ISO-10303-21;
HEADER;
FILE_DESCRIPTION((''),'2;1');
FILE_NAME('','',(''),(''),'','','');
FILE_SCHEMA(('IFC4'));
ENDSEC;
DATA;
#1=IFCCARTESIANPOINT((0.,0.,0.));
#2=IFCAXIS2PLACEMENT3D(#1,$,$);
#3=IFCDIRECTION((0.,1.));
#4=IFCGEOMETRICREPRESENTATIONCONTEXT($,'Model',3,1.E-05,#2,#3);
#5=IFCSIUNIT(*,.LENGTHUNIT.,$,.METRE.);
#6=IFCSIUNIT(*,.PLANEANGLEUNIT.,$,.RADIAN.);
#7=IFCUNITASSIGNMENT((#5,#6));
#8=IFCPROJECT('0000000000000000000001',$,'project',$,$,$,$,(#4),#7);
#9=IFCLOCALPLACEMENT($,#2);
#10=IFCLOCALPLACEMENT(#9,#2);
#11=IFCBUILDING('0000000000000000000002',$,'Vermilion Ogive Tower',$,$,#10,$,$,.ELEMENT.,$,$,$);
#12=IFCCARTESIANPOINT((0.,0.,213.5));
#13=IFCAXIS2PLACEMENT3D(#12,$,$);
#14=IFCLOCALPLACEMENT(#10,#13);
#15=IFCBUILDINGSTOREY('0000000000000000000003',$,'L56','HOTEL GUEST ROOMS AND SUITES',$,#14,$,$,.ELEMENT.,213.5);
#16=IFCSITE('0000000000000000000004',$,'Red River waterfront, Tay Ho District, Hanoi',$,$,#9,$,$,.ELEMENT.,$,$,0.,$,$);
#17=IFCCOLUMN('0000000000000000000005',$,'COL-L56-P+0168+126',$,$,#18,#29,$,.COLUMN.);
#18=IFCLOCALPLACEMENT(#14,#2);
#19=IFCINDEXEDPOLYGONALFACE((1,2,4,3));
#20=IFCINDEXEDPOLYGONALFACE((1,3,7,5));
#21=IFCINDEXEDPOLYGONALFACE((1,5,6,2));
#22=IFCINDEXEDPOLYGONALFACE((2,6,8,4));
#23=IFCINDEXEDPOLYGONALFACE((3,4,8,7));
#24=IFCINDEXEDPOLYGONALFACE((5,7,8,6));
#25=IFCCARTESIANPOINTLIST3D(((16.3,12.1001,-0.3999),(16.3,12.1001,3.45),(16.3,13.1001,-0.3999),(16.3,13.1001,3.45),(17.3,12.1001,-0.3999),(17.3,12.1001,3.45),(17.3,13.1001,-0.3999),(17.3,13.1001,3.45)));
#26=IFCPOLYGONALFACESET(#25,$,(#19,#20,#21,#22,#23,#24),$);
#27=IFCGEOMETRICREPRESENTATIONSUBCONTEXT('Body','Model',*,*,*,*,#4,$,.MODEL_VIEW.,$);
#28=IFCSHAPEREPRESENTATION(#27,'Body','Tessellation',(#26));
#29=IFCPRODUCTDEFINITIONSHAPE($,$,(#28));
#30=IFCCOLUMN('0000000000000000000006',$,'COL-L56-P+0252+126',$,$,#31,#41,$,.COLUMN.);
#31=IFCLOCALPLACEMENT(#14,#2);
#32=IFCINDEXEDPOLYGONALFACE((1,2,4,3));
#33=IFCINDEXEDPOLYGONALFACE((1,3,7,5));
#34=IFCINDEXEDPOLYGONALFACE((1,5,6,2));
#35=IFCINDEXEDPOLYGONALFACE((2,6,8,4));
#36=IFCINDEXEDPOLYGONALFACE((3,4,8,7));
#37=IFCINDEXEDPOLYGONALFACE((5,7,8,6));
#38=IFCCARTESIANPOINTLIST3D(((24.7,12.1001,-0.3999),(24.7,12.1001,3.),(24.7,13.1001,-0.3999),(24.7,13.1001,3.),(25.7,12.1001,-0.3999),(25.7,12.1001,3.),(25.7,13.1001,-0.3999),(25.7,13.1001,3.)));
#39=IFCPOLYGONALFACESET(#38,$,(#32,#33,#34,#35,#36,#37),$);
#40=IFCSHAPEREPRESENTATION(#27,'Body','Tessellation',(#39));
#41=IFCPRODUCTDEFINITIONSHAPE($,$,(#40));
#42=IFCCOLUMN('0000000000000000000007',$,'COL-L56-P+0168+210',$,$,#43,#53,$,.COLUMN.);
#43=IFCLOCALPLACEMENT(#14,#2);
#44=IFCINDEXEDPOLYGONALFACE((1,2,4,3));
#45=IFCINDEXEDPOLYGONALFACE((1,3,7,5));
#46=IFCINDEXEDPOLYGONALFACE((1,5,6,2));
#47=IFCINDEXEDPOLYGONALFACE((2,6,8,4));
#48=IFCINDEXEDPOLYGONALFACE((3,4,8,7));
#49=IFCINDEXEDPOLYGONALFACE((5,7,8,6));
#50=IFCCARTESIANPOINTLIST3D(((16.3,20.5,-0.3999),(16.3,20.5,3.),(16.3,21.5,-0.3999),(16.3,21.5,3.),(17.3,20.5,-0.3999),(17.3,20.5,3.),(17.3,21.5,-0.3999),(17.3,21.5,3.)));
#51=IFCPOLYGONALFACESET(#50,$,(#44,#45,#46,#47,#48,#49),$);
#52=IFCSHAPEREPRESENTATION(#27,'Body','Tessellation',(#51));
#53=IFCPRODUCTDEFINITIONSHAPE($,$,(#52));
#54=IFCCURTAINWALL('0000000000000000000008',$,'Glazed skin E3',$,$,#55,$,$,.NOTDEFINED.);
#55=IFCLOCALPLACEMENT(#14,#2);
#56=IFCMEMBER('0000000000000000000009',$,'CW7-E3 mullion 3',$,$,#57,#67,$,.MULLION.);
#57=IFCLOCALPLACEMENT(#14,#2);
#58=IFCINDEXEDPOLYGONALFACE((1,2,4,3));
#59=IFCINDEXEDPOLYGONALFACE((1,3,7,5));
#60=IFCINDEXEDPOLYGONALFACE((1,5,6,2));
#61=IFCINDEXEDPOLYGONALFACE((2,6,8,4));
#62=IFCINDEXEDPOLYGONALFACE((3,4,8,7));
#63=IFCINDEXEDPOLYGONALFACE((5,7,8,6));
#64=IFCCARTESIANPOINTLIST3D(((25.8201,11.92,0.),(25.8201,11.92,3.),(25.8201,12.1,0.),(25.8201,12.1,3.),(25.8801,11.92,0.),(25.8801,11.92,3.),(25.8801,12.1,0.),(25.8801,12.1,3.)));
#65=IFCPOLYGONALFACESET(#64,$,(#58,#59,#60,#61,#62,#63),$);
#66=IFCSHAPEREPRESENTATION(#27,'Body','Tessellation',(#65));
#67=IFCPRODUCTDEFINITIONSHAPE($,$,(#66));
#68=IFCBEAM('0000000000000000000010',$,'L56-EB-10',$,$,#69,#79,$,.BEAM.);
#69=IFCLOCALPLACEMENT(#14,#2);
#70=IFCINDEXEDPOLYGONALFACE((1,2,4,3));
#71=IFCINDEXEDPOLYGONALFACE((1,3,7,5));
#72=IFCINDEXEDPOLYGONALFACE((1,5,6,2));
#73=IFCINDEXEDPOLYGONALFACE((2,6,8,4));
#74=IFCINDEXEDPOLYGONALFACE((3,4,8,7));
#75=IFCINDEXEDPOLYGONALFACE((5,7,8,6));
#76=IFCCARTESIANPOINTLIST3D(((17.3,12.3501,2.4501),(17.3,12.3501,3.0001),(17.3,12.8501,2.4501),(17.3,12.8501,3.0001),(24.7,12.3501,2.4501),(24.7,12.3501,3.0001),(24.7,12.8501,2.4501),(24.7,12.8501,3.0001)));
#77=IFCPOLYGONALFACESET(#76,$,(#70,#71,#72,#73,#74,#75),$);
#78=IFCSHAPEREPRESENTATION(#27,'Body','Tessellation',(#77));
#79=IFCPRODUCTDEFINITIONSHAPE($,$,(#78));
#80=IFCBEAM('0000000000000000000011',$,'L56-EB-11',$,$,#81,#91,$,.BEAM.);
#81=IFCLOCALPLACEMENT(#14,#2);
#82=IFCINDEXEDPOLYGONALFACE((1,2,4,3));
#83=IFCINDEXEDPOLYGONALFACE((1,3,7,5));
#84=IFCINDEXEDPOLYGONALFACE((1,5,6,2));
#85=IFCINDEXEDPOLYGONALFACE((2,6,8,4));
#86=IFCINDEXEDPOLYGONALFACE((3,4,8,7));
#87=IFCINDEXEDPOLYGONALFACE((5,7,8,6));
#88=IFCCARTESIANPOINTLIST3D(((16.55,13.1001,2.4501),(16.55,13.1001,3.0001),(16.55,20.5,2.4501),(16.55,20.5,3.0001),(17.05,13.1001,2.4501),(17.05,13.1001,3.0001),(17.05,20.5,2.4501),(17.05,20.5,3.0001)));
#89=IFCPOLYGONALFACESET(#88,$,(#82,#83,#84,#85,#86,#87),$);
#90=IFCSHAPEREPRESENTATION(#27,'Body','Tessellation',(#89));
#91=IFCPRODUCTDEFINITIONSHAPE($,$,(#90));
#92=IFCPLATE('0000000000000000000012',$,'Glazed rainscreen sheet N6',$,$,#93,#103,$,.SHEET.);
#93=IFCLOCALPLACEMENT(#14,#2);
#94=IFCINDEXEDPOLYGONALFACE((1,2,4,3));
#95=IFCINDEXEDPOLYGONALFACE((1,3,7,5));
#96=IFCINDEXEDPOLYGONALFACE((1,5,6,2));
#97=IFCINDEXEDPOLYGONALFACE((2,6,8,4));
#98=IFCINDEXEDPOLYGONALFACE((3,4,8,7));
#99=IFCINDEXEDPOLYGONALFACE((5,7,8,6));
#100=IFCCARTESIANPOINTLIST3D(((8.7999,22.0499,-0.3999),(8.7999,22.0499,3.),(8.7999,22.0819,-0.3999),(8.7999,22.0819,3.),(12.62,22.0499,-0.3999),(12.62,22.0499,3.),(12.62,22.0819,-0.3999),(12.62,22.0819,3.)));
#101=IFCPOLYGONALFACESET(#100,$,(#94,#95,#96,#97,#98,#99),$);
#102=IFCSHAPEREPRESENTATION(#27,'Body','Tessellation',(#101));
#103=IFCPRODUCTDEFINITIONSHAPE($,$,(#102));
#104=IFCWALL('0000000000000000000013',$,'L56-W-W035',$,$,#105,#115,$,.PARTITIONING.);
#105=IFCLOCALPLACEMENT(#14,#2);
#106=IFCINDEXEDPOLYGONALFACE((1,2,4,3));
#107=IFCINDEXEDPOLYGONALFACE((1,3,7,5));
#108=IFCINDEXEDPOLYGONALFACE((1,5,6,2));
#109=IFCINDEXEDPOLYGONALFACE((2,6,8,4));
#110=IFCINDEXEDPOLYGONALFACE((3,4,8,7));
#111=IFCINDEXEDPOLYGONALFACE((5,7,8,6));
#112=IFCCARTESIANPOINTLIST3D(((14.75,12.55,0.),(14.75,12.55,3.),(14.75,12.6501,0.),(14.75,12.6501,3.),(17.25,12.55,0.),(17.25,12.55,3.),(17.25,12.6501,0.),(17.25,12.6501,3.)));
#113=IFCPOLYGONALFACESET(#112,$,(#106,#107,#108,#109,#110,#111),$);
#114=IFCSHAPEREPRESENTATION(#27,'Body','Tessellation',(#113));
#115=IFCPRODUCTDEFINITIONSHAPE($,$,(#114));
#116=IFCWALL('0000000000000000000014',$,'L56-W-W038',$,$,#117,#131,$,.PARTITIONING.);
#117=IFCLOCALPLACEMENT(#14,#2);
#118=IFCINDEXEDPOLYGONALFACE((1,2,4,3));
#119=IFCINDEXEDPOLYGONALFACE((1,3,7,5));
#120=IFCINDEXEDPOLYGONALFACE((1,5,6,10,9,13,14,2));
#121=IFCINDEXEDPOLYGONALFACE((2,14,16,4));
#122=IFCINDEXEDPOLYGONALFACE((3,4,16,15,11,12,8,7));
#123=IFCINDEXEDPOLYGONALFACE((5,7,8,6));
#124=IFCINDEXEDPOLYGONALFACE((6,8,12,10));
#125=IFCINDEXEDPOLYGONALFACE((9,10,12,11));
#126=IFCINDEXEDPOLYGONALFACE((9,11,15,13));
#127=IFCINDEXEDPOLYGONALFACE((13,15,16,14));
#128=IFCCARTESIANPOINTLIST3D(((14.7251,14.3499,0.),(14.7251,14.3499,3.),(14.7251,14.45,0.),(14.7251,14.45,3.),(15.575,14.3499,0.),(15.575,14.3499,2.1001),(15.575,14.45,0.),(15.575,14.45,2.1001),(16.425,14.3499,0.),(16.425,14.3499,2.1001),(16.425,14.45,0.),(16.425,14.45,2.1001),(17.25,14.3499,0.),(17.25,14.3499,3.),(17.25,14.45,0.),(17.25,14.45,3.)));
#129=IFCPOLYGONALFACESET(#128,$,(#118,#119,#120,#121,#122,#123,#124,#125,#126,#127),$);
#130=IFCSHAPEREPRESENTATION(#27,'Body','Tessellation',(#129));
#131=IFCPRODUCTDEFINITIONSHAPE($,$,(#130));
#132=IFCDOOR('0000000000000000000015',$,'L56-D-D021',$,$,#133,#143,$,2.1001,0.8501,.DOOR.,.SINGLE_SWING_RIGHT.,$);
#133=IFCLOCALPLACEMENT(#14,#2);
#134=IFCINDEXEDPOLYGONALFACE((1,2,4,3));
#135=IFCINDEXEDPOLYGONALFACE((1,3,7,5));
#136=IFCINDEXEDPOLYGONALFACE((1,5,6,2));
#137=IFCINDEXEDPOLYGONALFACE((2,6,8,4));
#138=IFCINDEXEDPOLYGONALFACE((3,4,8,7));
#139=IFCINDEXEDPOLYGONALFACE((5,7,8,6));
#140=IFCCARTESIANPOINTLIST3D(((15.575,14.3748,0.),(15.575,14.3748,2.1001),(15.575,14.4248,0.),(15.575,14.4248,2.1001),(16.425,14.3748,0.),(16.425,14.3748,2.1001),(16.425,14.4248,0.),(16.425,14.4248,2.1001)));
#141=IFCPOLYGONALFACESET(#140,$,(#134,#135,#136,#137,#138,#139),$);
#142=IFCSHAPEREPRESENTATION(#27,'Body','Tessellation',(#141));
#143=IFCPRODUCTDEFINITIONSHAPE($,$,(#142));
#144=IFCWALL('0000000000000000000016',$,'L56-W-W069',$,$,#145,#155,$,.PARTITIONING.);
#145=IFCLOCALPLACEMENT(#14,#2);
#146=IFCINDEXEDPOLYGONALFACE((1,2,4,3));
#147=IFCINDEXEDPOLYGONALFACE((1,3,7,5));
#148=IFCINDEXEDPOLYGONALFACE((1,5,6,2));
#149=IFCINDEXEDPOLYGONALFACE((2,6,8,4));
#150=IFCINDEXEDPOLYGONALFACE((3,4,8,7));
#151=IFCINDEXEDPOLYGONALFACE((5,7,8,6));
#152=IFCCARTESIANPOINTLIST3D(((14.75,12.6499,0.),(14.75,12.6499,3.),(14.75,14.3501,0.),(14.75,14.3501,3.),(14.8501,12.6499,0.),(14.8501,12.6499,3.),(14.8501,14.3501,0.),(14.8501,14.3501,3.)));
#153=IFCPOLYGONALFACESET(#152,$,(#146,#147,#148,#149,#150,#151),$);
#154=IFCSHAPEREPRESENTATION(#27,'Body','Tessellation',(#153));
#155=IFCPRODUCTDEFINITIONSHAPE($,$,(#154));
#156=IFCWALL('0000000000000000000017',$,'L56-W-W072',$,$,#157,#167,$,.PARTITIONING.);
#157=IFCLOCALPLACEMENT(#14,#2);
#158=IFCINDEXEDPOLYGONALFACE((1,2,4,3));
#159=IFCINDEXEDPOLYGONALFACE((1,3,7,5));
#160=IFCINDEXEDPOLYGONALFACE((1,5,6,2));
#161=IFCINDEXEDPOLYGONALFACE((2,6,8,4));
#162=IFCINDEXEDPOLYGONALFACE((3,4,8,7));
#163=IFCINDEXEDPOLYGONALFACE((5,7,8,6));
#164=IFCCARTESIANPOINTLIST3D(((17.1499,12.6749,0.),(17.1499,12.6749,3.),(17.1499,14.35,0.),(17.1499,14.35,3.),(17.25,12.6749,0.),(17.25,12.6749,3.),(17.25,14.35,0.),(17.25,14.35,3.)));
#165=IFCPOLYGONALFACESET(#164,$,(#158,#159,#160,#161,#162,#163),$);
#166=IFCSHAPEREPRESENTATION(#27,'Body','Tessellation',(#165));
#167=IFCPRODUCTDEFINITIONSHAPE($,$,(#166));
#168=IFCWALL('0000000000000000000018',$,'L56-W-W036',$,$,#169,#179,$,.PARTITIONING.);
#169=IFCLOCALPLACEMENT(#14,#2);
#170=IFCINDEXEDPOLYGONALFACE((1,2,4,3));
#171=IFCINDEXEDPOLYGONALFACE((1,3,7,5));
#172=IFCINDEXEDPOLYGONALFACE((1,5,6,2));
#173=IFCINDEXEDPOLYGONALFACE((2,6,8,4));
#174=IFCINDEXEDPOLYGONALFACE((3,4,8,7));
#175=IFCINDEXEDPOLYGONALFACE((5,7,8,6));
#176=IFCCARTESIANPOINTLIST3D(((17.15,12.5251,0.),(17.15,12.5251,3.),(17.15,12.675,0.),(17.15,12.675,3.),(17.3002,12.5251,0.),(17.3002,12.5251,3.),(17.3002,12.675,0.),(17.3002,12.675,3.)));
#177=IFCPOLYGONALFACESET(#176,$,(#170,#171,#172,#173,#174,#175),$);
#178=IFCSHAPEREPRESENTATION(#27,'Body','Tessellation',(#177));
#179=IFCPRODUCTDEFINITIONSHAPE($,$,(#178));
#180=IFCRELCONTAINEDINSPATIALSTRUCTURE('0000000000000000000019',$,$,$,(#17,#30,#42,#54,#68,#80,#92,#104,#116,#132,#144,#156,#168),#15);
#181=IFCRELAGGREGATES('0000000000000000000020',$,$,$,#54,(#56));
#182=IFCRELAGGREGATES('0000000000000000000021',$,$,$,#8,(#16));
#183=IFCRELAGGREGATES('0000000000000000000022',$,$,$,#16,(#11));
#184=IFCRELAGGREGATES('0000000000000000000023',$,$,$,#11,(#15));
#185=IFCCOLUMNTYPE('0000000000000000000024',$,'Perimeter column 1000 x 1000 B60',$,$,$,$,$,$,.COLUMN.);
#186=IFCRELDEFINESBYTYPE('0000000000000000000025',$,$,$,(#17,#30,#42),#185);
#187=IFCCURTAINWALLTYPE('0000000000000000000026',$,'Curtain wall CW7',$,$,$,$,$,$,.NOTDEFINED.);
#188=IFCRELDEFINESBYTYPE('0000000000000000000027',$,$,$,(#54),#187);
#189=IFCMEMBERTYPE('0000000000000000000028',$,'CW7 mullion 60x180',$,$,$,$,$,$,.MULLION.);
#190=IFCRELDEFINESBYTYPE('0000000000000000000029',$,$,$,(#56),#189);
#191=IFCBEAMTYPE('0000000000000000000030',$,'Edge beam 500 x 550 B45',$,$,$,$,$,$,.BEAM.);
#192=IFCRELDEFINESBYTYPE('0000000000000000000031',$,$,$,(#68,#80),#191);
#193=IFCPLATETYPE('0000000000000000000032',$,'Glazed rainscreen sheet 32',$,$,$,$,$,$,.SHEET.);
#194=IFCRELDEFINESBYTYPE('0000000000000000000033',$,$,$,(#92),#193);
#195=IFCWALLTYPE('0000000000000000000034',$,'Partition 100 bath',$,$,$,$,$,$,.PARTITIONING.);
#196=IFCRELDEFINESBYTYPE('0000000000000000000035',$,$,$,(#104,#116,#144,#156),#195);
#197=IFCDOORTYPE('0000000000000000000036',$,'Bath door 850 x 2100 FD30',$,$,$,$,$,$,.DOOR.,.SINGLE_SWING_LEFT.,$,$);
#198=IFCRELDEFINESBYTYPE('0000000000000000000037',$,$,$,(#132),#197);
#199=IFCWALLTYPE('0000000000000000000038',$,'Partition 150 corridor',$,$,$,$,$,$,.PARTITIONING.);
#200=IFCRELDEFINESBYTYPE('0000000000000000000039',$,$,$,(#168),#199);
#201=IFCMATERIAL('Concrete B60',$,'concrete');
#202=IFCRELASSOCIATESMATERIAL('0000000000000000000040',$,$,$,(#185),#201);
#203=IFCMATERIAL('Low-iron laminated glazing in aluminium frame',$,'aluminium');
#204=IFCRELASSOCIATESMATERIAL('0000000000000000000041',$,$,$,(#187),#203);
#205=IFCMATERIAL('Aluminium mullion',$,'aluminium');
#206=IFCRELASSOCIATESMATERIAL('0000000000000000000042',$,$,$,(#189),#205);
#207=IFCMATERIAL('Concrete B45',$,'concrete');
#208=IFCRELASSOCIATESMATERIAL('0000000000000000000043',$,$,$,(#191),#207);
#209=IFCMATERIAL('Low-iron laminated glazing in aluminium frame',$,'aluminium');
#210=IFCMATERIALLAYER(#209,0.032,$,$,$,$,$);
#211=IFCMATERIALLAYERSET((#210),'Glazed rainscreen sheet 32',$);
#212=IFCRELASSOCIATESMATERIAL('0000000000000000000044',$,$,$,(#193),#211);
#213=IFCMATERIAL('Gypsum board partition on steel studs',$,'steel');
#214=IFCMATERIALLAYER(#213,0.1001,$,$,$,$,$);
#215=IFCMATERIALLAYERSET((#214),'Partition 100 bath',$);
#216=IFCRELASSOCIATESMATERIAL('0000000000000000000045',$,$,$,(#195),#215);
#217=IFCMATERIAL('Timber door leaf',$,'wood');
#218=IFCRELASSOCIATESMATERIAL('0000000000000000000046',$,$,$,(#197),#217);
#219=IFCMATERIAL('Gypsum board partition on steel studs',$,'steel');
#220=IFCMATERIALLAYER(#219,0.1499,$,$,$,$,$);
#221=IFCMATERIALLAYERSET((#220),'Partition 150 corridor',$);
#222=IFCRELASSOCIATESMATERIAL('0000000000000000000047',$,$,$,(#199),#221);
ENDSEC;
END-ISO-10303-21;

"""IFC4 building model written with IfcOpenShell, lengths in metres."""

from ifc_helpers import new_model, si_unit, direction, frame, frame_2d, origin, origin_2d, place, context, subcontext, project, spatial, rectangle, extrude, material, layer, layer_set, material_profile, profile_set, type_object, element, fill, aggregate, save


model = new_model("IFC4")

# Units and contexts
model_context = context("Model", 3, precision=1e-05, world=origin(), true_north=direction((0.0, 1.0)))
body_context = subcontext(model_context, "Body", "Model", "MODEL_VIEW")
ifc_project = project(units=[si_unit("LENGTHUNIT", "METRE"), si_unit("PLANEANGLEUNIT", "RADIAN")], contexts=[model_context])

# Site, building, storey
site_placement = place(None, origin())
site = spatial("IfcSite", under=ifc_project, at=site_placement, Name="Red River waterfront, Tay Ho District, Hanoi", CompositionType="ELEMENT", RefElevation=0.0)
building_placement = place(site_placement, origin())
building = spatial("IfcBuilding", under=site, at=building_placement, Name="Vermilion Ogive Tower", CompositionType="ELEMENT")
storey_placement = place(building_placement, frame((0.0, 0.0, 213.5)))
storey = spatial("IfcBuildingStorey", under=building, at=storey_placement, Name="L56", Description="HOTEL GUEST ROOMS AND SUITES", CompositionType="ELEMENT", Elevation=213.5)

# Columns
ifc_material_1 = material(Name="Concrete B60", Category="concrete")
ifc_material_profile_1 = material_profile(ifc_material_1, rectangle(XDim=1.0, YDim=1.0, at=origin_2d()), Name="1000 x 1000")
ifc_profile_set_1 = profile_set([ifc_material_profile_1], Name="Concrete B60")
column_type = type_object("IfcColumnType", Name="Perimeter column 1000 x 1000 B60", PredefinedType="COLUMN", material=ifc_profile_set_1)
column_placement = place(storey_placement, frame((16.8, 12.6001, -0.3999), z_axis=(0.0, 0.0, 1.0), x_axis=(1.0, 0.0, 0.0)))
element("IfcColumn", 1, at=column_placement, inside=storey, type_object=column_type, Name="COL-L56-P+0168+126", PredefinedType="COLUMN", context=body_context, shape_type="SweptSolid", body=[
    extrude(rectangle(XDim=1.0, YDim=1.0, at=origin_2d()), origin(), (0.0, 0.0, 1.0), 3.8499),
])
for number, where, z_axis, x_axis, name in (
    (2, (25.2, 12.6001, -0.3999), (0.0, 0.0, 1.0), (1.0, 0.0, 0.0), "COL-L56-P+0252+126"),
    (3, (16.8, 21.0, -0.3999), (0.0, 0.0, 1.0), (1.0, 0.0, 0.0), "COL-L56-P+0168+210"),
):
    element("IfcColumn", number, at=place(storey_placement, frame(where, z_axis=z_axis, x_axis=x_axis)), inside=storey, type_object=column_type, Name=name, PredefinedType="COLUMN", context=body_context, shape_type="SweptSolid", body=[
        extrude(rectangle(XDim=1.0, YDim=1.0, at=origin_2d()), origin(), (0.0, 0.0, 1.0), 3.3999),
    ])

# Curtain wall, member
ifc_material_2 = material(Name="Low-iron laminated glazing in aluminium frame", Category="aluminium")
curtain_wall_type = type_object("IfcCurtainWallType", Name="Curtain wall CW7", PredefinedType="NOTDEFINED", material=ifc_material_2)
curtain_wall_placement = place(storey_placement, origin())
curtain_wall = element("IfcCurtainWall", 4, at=curtain_wall_placement, inside=storey, type_object=curtain_wall_type, Name="Glazed skin E3", PredefinedType="NOTDEFINED")
ifc_material_3 = material(Name="Aluminium mullion", Category="aluminium")
ifc_material_profile_2 = material_profile(ifc_material_3, rectangle(XDim=0.0601, YDim=0.1799, at=origin_2d()), Name="AL 60x180")
ifc_profile_set_2 = profile_set([ifc_material_profile_2], Name="Aluminium mullion")
member_type = type_object("IfcMemberType", Name="CW7 mullion 60x180", PredefinedType="MULLION", material=ifc_profile_set_2)
member_placement = place(storey_placement, frame((25.8501, 12.01, 0.0), z_axis=(0.0, 0.0, 1.0), x_axis=(-1.0, 0.0, 0.0)))
member = element("IfcMember", 5, at=member_placement, type_object=member_type, Name="CW7-E3 mullion 3", PredefinedType="MULLION", context=body_context, shape_type="SweptSolid", body=[
    extrude(rectangle(XDim=0.0601, YDim=0.1799, at=origin_2d()), origin(), (0.0, 0.0, 1.0), 3.0),
])
aggregate(curtain_wall, [member])

# Beams
ifc_material_4 = material(Name="Concrete B45", Category="concrete")
ifc_material_profile_3 = material_profile(ifc_material_4, rectangle(XDim=0.5, YDim=0.55, at=origin_2d()), Name="500 x 550")
ifc_profile_set_3 = profile_set([ifc_material_profile_3], Name="Concrete B45")
beam_type = type_object("IfcBeamType", Name="Edge beam 500 x 550 B45", PredefinedType="BEAM", material=ifc_profile_set_3)
for number, where, z_axis, x_axis, name in (
    (6, (24.7, 12.6001, 2.7251), (-1.0, 0.0, 0.0), (0.0, -1.0, 0.0), "L56-EB-10"),
    (7, (16.8, 13.1001, 2.7251), (0.0, 1.0, 0.0), (-1.0, 0.0, 0.0), "L56-EB-11"),
):
    element("IfcBeam", number, at=place(storey_placement, frame(where, z_axis=z_axis, x_axis=x_axis)), inside=storey, type_object=beam_type, Name=name, PredefinedType="BEAM", context=body_context, shape_type="SweptSolid", body=[
        extrude(rectangle(XDim=0.5, YDim=0.55, at=origin_2d()), origin(), (0.0, 0.0, 1.0), 7.3999),
    ])

# Plate
ifc_material_5 = material(Name="Low-iron laminated glazing in aluminium frame", Category="aluminium")
ifc_layer_1 = layer(ifc_material_5, 0.032)
ifc_layer_set_1 = layer_set([ifc_layer_1], Name="Glazed rainscreen sheet 32")
plate_type = type_object("IfcPlateType", Name="Glazed rainscreen sheet 32", PredefinedType="SHEET", material=ifc_layer_set_1)
plate_placement = place(storey_placement, frame((10.71, 22.0659, -0.3999), z_axis=(0.0, 0.0, 1.0), x_axis=(1.0, 0.0, 0.0)))
element("IfcPlate", 8, at=plate_placement, inside=storey, type_object=plate_type, Name="Glazed rainscreen sheet N6", PredefinedType="SHEET", context=body_context, shape_type="SweptSolid", body=[
    extrude(rectangle(XDim=3.8201, YDim=0.032, at=origin_2d()), origin(), (0.0, 0.0, 1.0), 3.3999),
])

# Wall
ifc_material_6 = material(Name="Gypsum board partition on steel studs", Category="steel")
ifc_layer_2 = layer(ifc_material_6, 0.1001)
ifc_layer_set_2 = layer_set([ifc_layer_2], Name="Partition 100 bath")
wall_type_1 = type_object("IfcWallType", Name="Partition 100 bath", PredefinedType="PARTITIONING", material=ifc_layer_set_2)
wall_1_placement = place(storey_placement, frame((14.75, 12.6001, 0.0), z_axis=(0.0, 0.0, 1.0), x_axis=(1.0, 0.0, 0.0)))
element("IfcWall", 9, at=wall_1_placement, inside=storey, type_object=wall_type_1, Name="L56-W-W035", PredefinedType="PARTITIONING", context=body_context, shape_type="SweptSolid", body=[
    extrude(rectangle(XDim=2.5, YDim=0.1001, at=frame_2d((1.25, 0.0))), origin(), (0.0, 0.0, 1.0), 3.0),
])

# Wall, opening, door
wall_2_placement = place(storey_placement, frame((14.7251, 14.3999, 0.0), z_axis=(0.0, 0.0, 1.0), x_axis=(1.0, 0.0, 0.0)))
wall_2 = element("IfcWall", 10, at=wall_2_placement, inside=storey, type_object=wall_type_1, Name="L56-W-W038", PredefinedType="PARTITIONING", context=body_context, shape_type="SweptSolid", body=[
    extrude(rectangle(XDim=2.5249, YDim=0.1001, at=frame_2d((1.2625, 0.0))), origin(), (0.0, 0.0, 1.0), 3.0),
])
opening_1_placement = place(wall_2_placement, frame((0.8499, 0.0, 0.0)))
opening_1 = element("IfcOpeningElement", 11, at=opening_1_placement, cuts=wall_2, PredefinedType="OPENING", context=body_context, shape_type="SweptSolid", body=[
    extrude(rectangle(XDim=0.8501, YDim=2.1001, at=frame_2d((0.425, 1.05))), frame((0.0, 0.0601, 0.0), z_axis=(0.0, -1.0, 0.0), x_axis=(1.0, 0.0, 0.0)), (0.0, 0.0, 1.0), 0.1201),
])
ifc_material_7 = material(Name="Timber door leaf", Category="wood")
door_type_1 = type_object("IfcDoorType", Name="Bath door 850 x 2100 FD30", OperationType="SINGLE_SWING_LEFT", PredefinedType="DOOR", material=ifc_material_7)
door_1_placement = place(opening_1_placement, origin())
door_1 = element("IfcDoor", 12, at=door_1_placement, inside=storey, type_object=door_type_1, Name="L56-D-D021", OperationType="SINGLE_SWING_RIGHT", OverallHeight=2.1001, OverallWidth=0.8501, PredefinedType="DOOR", context=body_context, shape_type="SweptSolid", body=[
    extrude(rectangle(XDim=0.8501, YDim=2.1001, at=frame_2d((0.425, 1.05))), frame((0.0, 0.0249, 0.0), z_axis=(0.0, -1.0, 0.0), x_axis=(1.0, 0.0, 0.0)), (0.0, 0.0, 1.0), 0.05),
])
fill(opening_1, door_1)

# Walls
wall_3_placement = place(storey_placement, frame((14.8, 12.6499, 0.0), z_axis=(0.0, 0.0, 1.0), x_axis=(0.0, 1.0, 0.0)))
element("IfcWall", 13, at=wall_3_placement, inside=storey, type_object=wall_type_1, Name="L56-W-W069", PredefinedType="PARTITIONING", context=body_context, shape_type="SweptSolid", body=[
    extrude(rectangle(XDim=1.7002, YDim=0.1001, at=frame_2d((0.8501, 0.0))), origin(), (0.0, 0.0, 1.0), 3.0),
])
wall_4_placement = place(storey_placement, frame((17.2, 12.675, 0.0), z_axis=(0.0, 0.0, 1.0), x_axis=(0.0, 1.0, 0.0)))
element("IfcWall", 14, at=wall_4_placement, inside=storey, type_object=wall_type_1, Name="L56-W-W072", PredefinedType="PARTITIONING", context=body_context, shape_type="SweptSolid", body=[
    extrude(rectangle(XDim=1.675, YDim=0.1001, at=frame_2d((0.8374, 0.0))), origin(), (0.0, 0.0, 1.0), 3.0),
])
ifc_material_8 = material(Name="Gypsum board partition on steel studs", Category="steel")
ifc_layer_3 = layer(ifc_material_8, 0.1499)
ifc_layer_set_3 = layer_set([ifc_layer_3], Name="Partition 150 corridor")
wall_type_2 = type_object("IfcWallType", Name="Partition 150 corridor", PredefinedType="PARTITIONING", material=ifc_layer_set_3)
wall_5_placement = place(storey_placement, frame((17.1499, 12.6001, 0.0), z_axis=(0.0, 0.0, 1.0), x_axis=(1.0, 0.0, 0.0)))
element("IfcWall", 15, at=wall_5_placement, inside=storey, type_object=wall_type_2, Name="L56-W-W036", PredefinedType="PARTITIONING", context=body_context, shape_type="SweptSolid", body=[
    extrude(rectangle(XDim=0.1501, YDim=0.1499, at=frame_2d((0.0752, 0.0))), origin(), (0.0, 0.0, 1.0), 3.0),
])

save(model, "model.ifc")
